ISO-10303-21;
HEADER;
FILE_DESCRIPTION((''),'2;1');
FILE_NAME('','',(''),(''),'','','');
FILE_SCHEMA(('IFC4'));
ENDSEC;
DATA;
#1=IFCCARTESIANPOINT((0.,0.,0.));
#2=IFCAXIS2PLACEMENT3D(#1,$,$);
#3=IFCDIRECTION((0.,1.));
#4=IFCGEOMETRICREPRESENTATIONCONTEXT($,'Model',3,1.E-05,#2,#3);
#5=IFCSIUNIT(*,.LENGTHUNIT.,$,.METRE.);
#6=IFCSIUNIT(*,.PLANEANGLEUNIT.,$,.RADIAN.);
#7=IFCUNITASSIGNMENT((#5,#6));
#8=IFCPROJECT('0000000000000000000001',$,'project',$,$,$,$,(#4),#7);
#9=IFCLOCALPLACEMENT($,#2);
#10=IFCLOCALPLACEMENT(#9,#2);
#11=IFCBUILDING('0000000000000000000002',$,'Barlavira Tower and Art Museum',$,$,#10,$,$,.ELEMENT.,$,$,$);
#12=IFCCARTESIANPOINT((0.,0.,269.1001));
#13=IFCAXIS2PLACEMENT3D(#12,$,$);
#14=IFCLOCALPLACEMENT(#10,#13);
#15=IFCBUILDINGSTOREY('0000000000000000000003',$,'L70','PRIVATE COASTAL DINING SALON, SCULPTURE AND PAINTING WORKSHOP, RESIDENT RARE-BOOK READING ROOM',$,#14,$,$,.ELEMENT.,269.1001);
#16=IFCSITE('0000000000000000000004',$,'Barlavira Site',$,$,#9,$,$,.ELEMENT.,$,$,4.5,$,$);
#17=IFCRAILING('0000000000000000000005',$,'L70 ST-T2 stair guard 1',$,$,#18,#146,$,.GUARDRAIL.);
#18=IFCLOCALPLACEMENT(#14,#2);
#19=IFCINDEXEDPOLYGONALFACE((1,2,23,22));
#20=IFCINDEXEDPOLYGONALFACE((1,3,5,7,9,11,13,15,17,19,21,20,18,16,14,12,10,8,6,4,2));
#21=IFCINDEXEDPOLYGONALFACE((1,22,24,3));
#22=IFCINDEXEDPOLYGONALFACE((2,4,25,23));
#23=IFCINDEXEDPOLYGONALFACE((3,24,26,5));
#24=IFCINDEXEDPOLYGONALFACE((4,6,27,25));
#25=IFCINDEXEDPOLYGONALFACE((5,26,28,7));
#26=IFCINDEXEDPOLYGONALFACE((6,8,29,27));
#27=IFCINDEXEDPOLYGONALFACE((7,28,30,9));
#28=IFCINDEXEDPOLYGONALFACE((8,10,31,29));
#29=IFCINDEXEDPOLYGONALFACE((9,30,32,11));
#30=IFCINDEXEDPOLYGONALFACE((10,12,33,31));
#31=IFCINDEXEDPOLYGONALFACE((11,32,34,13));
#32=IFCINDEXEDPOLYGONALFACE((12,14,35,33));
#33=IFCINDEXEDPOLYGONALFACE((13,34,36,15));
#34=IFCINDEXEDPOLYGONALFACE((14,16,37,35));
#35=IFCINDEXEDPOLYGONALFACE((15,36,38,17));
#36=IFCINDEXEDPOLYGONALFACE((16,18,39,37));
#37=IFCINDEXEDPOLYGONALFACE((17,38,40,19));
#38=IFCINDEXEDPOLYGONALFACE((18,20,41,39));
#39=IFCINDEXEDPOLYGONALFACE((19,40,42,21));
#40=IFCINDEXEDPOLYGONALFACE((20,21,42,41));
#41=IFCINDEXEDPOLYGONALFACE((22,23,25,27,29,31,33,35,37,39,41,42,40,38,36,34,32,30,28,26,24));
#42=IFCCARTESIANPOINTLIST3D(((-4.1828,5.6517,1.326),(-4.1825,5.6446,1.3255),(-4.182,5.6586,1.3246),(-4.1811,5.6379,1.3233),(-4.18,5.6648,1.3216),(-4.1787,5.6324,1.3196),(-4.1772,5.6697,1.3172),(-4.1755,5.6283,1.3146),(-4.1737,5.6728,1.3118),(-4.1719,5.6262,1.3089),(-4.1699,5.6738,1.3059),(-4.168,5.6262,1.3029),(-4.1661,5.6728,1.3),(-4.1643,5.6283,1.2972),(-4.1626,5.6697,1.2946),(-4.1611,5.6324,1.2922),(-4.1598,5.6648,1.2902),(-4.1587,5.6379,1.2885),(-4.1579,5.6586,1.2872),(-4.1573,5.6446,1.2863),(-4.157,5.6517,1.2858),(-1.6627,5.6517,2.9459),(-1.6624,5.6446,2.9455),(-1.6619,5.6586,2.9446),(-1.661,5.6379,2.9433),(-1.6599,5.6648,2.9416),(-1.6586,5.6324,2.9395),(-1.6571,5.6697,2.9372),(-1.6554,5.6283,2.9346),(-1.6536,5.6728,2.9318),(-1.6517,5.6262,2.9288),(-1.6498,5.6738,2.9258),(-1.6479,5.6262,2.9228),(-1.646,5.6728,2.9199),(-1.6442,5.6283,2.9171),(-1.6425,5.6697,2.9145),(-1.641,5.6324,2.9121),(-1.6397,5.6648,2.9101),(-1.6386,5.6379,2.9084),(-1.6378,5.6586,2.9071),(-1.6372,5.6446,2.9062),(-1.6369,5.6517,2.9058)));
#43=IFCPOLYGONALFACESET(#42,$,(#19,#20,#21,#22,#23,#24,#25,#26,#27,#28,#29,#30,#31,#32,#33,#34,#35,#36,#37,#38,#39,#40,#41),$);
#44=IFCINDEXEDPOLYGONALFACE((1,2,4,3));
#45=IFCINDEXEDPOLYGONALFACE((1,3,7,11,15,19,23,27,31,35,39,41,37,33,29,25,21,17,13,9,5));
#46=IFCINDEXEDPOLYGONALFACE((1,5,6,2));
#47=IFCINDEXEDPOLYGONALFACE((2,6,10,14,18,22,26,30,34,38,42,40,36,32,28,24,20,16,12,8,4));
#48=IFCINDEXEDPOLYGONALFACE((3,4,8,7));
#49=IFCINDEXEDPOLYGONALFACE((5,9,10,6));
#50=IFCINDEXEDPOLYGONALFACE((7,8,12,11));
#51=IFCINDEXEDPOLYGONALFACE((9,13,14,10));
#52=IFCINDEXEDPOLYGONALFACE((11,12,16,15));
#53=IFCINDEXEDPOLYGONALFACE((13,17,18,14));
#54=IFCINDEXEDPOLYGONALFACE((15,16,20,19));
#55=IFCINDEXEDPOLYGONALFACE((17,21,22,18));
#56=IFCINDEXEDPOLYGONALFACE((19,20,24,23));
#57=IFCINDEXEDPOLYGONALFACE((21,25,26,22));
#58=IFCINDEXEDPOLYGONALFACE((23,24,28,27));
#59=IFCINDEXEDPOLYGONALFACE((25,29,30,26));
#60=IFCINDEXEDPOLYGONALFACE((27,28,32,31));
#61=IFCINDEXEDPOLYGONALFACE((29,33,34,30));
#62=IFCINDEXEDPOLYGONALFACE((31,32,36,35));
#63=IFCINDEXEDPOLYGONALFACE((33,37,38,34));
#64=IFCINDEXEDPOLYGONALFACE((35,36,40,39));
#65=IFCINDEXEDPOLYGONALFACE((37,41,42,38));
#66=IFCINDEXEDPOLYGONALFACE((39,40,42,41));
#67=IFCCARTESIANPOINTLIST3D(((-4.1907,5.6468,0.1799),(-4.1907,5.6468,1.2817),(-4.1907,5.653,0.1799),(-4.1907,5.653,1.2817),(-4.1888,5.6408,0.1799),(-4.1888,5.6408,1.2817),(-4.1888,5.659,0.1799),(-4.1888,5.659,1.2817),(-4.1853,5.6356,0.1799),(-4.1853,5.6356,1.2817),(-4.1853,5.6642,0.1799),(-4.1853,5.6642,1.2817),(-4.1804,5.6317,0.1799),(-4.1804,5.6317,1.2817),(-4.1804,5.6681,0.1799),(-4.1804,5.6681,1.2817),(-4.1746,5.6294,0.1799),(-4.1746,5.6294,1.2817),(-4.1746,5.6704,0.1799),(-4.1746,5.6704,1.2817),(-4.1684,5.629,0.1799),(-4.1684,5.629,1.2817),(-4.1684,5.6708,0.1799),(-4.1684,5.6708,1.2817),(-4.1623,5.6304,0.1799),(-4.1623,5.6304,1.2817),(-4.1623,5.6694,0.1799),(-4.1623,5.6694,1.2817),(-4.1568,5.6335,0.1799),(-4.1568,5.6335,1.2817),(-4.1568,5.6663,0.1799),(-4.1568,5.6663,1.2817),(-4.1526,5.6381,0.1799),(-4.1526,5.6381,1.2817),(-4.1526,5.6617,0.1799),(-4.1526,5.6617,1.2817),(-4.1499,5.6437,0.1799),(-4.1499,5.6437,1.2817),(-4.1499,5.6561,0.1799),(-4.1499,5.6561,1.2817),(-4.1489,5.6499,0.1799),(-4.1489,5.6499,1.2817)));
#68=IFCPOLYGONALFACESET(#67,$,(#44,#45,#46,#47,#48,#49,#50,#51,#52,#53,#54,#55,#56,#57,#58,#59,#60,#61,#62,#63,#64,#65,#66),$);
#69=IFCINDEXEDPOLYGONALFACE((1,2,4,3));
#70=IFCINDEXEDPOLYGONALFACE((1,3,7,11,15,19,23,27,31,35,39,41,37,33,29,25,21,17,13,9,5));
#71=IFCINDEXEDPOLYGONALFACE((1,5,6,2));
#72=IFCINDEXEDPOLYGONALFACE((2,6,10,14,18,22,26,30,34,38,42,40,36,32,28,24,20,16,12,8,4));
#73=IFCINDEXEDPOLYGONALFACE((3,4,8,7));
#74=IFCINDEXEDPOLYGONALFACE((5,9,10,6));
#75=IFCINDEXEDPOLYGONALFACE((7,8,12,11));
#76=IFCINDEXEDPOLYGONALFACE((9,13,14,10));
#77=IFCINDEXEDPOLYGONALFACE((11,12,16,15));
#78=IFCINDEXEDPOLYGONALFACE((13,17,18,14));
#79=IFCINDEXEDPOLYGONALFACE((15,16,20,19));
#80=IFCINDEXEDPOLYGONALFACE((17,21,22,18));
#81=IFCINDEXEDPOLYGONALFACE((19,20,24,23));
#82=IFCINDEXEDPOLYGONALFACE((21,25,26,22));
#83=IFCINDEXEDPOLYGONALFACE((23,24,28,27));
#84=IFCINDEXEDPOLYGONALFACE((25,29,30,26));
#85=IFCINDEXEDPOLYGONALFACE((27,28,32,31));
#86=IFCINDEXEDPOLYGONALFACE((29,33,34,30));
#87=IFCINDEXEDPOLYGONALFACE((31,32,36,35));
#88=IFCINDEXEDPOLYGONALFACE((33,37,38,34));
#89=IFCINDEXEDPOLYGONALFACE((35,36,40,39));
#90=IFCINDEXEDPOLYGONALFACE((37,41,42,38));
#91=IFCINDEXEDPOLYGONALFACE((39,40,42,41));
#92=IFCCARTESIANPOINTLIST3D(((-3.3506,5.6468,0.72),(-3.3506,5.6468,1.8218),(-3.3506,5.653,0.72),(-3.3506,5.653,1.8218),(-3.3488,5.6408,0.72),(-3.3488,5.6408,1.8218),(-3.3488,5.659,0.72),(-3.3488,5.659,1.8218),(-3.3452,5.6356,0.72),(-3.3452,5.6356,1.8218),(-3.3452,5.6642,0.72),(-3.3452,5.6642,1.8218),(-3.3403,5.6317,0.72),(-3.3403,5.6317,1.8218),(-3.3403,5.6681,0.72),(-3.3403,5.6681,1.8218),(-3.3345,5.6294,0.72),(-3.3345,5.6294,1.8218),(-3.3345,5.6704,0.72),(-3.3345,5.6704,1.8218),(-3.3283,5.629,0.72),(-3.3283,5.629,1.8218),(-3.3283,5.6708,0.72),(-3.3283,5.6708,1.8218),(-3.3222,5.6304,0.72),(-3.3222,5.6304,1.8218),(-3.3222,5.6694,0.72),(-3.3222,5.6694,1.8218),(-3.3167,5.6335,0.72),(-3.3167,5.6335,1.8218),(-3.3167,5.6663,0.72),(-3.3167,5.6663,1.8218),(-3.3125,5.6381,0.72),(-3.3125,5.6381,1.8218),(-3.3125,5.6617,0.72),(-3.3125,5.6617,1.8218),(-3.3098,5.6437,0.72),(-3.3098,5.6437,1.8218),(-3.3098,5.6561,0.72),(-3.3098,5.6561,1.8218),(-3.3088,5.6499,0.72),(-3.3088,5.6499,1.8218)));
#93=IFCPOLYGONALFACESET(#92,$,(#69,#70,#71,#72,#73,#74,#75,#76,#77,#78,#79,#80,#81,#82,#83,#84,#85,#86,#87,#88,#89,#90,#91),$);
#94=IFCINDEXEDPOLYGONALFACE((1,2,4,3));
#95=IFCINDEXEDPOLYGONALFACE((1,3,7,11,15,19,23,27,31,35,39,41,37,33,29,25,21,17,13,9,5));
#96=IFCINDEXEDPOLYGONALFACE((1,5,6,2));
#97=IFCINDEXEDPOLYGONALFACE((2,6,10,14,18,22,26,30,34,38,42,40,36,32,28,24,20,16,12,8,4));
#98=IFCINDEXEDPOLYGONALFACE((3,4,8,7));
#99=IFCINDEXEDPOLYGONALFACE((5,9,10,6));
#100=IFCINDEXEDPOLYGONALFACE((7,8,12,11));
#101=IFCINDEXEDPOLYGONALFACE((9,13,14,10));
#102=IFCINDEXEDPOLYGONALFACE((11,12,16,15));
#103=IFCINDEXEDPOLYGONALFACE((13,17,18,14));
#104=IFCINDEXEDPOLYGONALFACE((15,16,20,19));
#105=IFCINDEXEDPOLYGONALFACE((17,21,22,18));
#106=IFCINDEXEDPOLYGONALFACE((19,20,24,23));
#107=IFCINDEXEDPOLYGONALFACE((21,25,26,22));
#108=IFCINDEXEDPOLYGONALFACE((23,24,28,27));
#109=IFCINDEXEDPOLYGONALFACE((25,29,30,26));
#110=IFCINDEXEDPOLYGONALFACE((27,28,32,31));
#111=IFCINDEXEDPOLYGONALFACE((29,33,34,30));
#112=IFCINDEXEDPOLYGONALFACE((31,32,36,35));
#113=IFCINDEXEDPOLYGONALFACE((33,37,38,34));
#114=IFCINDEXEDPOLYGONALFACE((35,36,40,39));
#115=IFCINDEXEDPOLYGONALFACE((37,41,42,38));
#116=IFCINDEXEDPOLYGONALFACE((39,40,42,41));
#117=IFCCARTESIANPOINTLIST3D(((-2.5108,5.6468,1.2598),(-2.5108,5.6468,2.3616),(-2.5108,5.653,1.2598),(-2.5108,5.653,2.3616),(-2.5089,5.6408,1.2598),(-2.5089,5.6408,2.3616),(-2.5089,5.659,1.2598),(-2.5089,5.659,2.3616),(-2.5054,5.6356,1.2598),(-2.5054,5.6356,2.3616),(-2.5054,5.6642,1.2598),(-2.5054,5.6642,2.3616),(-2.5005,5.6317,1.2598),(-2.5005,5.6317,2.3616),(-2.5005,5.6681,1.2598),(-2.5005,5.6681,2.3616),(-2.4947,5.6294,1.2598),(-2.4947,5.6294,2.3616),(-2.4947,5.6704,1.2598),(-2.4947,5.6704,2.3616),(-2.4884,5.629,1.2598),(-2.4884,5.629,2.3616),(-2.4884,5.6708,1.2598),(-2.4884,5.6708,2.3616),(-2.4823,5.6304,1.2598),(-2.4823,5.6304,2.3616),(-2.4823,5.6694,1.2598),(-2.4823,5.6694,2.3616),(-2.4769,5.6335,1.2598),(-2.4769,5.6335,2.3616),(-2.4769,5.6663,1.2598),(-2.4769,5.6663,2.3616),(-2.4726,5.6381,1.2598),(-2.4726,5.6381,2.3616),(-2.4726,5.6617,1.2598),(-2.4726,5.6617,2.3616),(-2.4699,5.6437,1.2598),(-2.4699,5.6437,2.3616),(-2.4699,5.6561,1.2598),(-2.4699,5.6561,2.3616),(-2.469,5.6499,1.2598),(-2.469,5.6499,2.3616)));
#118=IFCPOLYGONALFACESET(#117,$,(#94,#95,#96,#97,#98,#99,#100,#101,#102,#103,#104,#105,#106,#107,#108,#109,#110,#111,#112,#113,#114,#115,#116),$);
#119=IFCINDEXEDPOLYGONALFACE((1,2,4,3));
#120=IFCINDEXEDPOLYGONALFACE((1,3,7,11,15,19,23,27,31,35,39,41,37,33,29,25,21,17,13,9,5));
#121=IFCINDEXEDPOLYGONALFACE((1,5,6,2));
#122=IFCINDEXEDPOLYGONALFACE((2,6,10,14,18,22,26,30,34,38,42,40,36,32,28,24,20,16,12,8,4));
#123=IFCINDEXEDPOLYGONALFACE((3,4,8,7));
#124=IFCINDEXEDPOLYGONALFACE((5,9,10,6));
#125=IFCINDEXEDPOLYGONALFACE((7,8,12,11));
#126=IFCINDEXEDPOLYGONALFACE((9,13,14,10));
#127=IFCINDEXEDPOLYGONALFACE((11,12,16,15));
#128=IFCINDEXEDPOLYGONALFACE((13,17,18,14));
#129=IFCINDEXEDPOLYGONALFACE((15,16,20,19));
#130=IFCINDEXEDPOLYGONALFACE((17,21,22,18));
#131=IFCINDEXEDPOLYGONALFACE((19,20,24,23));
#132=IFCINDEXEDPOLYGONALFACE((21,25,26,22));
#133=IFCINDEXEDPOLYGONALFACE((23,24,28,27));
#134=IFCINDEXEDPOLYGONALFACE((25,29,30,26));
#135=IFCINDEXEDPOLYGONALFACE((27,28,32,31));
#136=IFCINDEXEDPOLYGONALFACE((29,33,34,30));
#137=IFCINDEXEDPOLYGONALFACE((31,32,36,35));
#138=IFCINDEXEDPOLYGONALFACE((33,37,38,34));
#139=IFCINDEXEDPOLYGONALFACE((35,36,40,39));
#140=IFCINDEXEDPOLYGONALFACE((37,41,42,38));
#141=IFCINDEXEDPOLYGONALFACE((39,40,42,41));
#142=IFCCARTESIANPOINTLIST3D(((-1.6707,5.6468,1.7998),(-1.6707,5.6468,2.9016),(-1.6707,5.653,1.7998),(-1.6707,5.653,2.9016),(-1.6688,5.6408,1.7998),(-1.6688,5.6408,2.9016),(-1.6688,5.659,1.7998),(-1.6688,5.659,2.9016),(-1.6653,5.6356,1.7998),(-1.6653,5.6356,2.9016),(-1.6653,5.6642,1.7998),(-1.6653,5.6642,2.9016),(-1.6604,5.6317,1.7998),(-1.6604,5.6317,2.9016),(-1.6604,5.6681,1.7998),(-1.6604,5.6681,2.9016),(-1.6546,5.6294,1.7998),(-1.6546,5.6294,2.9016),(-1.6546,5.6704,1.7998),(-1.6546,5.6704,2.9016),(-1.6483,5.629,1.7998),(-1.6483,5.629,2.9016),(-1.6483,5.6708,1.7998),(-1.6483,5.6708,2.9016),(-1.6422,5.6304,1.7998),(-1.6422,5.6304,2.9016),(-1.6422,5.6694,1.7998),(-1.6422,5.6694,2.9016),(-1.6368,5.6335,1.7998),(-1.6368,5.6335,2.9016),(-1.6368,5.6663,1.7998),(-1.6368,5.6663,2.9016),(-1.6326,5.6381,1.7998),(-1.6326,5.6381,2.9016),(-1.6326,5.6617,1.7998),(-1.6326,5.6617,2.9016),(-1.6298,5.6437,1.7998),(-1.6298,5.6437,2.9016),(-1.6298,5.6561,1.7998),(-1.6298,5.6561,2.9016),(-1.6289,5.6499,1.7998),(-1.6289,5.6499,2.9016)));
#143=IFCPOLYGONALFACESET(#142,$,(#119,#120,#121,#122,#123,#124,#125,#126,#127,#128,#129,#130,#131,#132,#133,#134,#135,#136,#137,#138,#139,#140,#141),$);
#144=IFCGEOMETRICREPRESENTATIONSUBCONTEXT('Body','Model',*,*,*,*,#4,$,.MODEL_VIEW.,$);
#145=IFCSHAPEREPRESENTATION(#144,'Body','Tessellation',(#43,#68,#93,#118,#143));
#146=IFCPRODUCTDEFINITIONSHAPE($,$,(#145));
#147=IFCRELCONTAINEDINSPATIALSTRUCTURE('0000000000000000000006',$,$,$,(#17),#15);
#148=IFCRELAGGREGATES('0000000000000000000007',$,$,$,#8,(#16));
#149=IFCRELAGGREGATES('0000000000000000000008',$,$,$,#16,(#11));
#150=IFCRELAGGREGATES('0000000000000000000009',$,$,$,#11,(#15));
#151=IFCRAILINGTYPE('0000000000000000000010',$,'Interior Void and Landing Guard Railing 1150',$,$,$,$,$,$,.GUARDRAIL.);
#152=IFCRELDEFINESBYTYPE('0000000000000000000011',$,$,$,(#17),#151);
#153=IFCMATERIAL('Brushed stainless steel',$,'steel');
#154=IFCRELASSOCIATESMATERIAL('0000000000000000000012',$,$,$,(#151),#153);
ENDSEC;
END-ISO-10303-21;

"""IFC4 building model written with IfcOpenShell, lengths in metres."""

from ifc_helpers import new_model, si_unit, direction, frame, origin, origin_2d, place, context, subcontext, project, spatial, circle, extrude, material, type_object, element, save


model = new_model("IFC4")

# Units and contexts
model_context = context("Model", 3, precision=1e-05, world=origin(), true_north=direction((0.0, 1.0)))
body_context = subcontext(model_context, "Body", "Model", "MODEL_VIEW")
ifc_project = project(units=[si_unit("LENGTHUNIT", "METRE"), si_unit("PLANEANGLEUNIT", "RADIAN")], contexts=[model_context])

# Site, building, storey
site_placement = place(None, origin())
site = spatial("IfcSite", under=ifc_project, at=site_placement, Name="Barlavira Site", CompositionType="ELEMENT", RefElevation=4.5)
building_placement = place(site_placement, origin())
building = spatial("IfcBuilding", under=site, at=building_placement, Name="Barlavira Tower and Art Museum", CompositionType="ELEMENT")
storey_placement = place(building_placement, frame((0.0, 0.0, 269.1001)))
storey = spatial("IfcBuildingStorey", under=building, at=storey_placement, Name="L70", Description="PRIVATE COASTAL DINING SALON, SCULPTURE AND PAINTING WORKSHOP, RESIDENT RARE-BOOK READING ROOM", CompositionType="ELEMENT", Elevation=269.1001)

# Shared definitions
ifc_material_1 = material(Name="Brushed stainless steel", Category="steel")

# Railing
railing_type_1 = type_object("IfcRailingType", Name="Interior Void and Landing Guard Railing 1150", PredefinedType="GUARDRAIL", material=ifc_material_1)
railing_1_placement = place(storey_placement, frame((-4.1699, 5.6499, 0.1799)))
element("IfcRailing", 1, at=railing_1_placement, inside=storey, type_object=railing_type_1, Name="L70 ST-T2 stair guard 1", PredefinedType="GUARDRAIL", context=body_context, shape_type="SweptSolid", body=[
    extrude(circle(Radius=0.0239, at=origin_2d()), frame((0.0, 0.0, 1.126), z_axis=(0.8412, 0.0, 0.540725), x_axis=(0.0, 1.0, 0.0)), (0.0, 0.0, 1.0), 2.9958),
    extrude(circle(Radius=0.021, at=origin_2d()), origin(), (0.0, 0.0, 1.0), 1.1018),
    extrude(circle(Radius=0.021, at=origin_2d()), frame((0.8401, 0.0, 0.54)), (0.0, 0.0, 1.0), 1.1018),
    extrude(circle(Radius=0.021, at=origin_2d()), frame((1.6799, 0.0, 1.0798)), (0.0, 0.0, 1.0), 1.1018),
    extrude(circle(Radius=0.021, at=origin_2d()), frame((2.52, 0.0, 1.6199)), (0.0, 0.0, 1.0), 1.1018),
])

save(model, "model.ifc")
